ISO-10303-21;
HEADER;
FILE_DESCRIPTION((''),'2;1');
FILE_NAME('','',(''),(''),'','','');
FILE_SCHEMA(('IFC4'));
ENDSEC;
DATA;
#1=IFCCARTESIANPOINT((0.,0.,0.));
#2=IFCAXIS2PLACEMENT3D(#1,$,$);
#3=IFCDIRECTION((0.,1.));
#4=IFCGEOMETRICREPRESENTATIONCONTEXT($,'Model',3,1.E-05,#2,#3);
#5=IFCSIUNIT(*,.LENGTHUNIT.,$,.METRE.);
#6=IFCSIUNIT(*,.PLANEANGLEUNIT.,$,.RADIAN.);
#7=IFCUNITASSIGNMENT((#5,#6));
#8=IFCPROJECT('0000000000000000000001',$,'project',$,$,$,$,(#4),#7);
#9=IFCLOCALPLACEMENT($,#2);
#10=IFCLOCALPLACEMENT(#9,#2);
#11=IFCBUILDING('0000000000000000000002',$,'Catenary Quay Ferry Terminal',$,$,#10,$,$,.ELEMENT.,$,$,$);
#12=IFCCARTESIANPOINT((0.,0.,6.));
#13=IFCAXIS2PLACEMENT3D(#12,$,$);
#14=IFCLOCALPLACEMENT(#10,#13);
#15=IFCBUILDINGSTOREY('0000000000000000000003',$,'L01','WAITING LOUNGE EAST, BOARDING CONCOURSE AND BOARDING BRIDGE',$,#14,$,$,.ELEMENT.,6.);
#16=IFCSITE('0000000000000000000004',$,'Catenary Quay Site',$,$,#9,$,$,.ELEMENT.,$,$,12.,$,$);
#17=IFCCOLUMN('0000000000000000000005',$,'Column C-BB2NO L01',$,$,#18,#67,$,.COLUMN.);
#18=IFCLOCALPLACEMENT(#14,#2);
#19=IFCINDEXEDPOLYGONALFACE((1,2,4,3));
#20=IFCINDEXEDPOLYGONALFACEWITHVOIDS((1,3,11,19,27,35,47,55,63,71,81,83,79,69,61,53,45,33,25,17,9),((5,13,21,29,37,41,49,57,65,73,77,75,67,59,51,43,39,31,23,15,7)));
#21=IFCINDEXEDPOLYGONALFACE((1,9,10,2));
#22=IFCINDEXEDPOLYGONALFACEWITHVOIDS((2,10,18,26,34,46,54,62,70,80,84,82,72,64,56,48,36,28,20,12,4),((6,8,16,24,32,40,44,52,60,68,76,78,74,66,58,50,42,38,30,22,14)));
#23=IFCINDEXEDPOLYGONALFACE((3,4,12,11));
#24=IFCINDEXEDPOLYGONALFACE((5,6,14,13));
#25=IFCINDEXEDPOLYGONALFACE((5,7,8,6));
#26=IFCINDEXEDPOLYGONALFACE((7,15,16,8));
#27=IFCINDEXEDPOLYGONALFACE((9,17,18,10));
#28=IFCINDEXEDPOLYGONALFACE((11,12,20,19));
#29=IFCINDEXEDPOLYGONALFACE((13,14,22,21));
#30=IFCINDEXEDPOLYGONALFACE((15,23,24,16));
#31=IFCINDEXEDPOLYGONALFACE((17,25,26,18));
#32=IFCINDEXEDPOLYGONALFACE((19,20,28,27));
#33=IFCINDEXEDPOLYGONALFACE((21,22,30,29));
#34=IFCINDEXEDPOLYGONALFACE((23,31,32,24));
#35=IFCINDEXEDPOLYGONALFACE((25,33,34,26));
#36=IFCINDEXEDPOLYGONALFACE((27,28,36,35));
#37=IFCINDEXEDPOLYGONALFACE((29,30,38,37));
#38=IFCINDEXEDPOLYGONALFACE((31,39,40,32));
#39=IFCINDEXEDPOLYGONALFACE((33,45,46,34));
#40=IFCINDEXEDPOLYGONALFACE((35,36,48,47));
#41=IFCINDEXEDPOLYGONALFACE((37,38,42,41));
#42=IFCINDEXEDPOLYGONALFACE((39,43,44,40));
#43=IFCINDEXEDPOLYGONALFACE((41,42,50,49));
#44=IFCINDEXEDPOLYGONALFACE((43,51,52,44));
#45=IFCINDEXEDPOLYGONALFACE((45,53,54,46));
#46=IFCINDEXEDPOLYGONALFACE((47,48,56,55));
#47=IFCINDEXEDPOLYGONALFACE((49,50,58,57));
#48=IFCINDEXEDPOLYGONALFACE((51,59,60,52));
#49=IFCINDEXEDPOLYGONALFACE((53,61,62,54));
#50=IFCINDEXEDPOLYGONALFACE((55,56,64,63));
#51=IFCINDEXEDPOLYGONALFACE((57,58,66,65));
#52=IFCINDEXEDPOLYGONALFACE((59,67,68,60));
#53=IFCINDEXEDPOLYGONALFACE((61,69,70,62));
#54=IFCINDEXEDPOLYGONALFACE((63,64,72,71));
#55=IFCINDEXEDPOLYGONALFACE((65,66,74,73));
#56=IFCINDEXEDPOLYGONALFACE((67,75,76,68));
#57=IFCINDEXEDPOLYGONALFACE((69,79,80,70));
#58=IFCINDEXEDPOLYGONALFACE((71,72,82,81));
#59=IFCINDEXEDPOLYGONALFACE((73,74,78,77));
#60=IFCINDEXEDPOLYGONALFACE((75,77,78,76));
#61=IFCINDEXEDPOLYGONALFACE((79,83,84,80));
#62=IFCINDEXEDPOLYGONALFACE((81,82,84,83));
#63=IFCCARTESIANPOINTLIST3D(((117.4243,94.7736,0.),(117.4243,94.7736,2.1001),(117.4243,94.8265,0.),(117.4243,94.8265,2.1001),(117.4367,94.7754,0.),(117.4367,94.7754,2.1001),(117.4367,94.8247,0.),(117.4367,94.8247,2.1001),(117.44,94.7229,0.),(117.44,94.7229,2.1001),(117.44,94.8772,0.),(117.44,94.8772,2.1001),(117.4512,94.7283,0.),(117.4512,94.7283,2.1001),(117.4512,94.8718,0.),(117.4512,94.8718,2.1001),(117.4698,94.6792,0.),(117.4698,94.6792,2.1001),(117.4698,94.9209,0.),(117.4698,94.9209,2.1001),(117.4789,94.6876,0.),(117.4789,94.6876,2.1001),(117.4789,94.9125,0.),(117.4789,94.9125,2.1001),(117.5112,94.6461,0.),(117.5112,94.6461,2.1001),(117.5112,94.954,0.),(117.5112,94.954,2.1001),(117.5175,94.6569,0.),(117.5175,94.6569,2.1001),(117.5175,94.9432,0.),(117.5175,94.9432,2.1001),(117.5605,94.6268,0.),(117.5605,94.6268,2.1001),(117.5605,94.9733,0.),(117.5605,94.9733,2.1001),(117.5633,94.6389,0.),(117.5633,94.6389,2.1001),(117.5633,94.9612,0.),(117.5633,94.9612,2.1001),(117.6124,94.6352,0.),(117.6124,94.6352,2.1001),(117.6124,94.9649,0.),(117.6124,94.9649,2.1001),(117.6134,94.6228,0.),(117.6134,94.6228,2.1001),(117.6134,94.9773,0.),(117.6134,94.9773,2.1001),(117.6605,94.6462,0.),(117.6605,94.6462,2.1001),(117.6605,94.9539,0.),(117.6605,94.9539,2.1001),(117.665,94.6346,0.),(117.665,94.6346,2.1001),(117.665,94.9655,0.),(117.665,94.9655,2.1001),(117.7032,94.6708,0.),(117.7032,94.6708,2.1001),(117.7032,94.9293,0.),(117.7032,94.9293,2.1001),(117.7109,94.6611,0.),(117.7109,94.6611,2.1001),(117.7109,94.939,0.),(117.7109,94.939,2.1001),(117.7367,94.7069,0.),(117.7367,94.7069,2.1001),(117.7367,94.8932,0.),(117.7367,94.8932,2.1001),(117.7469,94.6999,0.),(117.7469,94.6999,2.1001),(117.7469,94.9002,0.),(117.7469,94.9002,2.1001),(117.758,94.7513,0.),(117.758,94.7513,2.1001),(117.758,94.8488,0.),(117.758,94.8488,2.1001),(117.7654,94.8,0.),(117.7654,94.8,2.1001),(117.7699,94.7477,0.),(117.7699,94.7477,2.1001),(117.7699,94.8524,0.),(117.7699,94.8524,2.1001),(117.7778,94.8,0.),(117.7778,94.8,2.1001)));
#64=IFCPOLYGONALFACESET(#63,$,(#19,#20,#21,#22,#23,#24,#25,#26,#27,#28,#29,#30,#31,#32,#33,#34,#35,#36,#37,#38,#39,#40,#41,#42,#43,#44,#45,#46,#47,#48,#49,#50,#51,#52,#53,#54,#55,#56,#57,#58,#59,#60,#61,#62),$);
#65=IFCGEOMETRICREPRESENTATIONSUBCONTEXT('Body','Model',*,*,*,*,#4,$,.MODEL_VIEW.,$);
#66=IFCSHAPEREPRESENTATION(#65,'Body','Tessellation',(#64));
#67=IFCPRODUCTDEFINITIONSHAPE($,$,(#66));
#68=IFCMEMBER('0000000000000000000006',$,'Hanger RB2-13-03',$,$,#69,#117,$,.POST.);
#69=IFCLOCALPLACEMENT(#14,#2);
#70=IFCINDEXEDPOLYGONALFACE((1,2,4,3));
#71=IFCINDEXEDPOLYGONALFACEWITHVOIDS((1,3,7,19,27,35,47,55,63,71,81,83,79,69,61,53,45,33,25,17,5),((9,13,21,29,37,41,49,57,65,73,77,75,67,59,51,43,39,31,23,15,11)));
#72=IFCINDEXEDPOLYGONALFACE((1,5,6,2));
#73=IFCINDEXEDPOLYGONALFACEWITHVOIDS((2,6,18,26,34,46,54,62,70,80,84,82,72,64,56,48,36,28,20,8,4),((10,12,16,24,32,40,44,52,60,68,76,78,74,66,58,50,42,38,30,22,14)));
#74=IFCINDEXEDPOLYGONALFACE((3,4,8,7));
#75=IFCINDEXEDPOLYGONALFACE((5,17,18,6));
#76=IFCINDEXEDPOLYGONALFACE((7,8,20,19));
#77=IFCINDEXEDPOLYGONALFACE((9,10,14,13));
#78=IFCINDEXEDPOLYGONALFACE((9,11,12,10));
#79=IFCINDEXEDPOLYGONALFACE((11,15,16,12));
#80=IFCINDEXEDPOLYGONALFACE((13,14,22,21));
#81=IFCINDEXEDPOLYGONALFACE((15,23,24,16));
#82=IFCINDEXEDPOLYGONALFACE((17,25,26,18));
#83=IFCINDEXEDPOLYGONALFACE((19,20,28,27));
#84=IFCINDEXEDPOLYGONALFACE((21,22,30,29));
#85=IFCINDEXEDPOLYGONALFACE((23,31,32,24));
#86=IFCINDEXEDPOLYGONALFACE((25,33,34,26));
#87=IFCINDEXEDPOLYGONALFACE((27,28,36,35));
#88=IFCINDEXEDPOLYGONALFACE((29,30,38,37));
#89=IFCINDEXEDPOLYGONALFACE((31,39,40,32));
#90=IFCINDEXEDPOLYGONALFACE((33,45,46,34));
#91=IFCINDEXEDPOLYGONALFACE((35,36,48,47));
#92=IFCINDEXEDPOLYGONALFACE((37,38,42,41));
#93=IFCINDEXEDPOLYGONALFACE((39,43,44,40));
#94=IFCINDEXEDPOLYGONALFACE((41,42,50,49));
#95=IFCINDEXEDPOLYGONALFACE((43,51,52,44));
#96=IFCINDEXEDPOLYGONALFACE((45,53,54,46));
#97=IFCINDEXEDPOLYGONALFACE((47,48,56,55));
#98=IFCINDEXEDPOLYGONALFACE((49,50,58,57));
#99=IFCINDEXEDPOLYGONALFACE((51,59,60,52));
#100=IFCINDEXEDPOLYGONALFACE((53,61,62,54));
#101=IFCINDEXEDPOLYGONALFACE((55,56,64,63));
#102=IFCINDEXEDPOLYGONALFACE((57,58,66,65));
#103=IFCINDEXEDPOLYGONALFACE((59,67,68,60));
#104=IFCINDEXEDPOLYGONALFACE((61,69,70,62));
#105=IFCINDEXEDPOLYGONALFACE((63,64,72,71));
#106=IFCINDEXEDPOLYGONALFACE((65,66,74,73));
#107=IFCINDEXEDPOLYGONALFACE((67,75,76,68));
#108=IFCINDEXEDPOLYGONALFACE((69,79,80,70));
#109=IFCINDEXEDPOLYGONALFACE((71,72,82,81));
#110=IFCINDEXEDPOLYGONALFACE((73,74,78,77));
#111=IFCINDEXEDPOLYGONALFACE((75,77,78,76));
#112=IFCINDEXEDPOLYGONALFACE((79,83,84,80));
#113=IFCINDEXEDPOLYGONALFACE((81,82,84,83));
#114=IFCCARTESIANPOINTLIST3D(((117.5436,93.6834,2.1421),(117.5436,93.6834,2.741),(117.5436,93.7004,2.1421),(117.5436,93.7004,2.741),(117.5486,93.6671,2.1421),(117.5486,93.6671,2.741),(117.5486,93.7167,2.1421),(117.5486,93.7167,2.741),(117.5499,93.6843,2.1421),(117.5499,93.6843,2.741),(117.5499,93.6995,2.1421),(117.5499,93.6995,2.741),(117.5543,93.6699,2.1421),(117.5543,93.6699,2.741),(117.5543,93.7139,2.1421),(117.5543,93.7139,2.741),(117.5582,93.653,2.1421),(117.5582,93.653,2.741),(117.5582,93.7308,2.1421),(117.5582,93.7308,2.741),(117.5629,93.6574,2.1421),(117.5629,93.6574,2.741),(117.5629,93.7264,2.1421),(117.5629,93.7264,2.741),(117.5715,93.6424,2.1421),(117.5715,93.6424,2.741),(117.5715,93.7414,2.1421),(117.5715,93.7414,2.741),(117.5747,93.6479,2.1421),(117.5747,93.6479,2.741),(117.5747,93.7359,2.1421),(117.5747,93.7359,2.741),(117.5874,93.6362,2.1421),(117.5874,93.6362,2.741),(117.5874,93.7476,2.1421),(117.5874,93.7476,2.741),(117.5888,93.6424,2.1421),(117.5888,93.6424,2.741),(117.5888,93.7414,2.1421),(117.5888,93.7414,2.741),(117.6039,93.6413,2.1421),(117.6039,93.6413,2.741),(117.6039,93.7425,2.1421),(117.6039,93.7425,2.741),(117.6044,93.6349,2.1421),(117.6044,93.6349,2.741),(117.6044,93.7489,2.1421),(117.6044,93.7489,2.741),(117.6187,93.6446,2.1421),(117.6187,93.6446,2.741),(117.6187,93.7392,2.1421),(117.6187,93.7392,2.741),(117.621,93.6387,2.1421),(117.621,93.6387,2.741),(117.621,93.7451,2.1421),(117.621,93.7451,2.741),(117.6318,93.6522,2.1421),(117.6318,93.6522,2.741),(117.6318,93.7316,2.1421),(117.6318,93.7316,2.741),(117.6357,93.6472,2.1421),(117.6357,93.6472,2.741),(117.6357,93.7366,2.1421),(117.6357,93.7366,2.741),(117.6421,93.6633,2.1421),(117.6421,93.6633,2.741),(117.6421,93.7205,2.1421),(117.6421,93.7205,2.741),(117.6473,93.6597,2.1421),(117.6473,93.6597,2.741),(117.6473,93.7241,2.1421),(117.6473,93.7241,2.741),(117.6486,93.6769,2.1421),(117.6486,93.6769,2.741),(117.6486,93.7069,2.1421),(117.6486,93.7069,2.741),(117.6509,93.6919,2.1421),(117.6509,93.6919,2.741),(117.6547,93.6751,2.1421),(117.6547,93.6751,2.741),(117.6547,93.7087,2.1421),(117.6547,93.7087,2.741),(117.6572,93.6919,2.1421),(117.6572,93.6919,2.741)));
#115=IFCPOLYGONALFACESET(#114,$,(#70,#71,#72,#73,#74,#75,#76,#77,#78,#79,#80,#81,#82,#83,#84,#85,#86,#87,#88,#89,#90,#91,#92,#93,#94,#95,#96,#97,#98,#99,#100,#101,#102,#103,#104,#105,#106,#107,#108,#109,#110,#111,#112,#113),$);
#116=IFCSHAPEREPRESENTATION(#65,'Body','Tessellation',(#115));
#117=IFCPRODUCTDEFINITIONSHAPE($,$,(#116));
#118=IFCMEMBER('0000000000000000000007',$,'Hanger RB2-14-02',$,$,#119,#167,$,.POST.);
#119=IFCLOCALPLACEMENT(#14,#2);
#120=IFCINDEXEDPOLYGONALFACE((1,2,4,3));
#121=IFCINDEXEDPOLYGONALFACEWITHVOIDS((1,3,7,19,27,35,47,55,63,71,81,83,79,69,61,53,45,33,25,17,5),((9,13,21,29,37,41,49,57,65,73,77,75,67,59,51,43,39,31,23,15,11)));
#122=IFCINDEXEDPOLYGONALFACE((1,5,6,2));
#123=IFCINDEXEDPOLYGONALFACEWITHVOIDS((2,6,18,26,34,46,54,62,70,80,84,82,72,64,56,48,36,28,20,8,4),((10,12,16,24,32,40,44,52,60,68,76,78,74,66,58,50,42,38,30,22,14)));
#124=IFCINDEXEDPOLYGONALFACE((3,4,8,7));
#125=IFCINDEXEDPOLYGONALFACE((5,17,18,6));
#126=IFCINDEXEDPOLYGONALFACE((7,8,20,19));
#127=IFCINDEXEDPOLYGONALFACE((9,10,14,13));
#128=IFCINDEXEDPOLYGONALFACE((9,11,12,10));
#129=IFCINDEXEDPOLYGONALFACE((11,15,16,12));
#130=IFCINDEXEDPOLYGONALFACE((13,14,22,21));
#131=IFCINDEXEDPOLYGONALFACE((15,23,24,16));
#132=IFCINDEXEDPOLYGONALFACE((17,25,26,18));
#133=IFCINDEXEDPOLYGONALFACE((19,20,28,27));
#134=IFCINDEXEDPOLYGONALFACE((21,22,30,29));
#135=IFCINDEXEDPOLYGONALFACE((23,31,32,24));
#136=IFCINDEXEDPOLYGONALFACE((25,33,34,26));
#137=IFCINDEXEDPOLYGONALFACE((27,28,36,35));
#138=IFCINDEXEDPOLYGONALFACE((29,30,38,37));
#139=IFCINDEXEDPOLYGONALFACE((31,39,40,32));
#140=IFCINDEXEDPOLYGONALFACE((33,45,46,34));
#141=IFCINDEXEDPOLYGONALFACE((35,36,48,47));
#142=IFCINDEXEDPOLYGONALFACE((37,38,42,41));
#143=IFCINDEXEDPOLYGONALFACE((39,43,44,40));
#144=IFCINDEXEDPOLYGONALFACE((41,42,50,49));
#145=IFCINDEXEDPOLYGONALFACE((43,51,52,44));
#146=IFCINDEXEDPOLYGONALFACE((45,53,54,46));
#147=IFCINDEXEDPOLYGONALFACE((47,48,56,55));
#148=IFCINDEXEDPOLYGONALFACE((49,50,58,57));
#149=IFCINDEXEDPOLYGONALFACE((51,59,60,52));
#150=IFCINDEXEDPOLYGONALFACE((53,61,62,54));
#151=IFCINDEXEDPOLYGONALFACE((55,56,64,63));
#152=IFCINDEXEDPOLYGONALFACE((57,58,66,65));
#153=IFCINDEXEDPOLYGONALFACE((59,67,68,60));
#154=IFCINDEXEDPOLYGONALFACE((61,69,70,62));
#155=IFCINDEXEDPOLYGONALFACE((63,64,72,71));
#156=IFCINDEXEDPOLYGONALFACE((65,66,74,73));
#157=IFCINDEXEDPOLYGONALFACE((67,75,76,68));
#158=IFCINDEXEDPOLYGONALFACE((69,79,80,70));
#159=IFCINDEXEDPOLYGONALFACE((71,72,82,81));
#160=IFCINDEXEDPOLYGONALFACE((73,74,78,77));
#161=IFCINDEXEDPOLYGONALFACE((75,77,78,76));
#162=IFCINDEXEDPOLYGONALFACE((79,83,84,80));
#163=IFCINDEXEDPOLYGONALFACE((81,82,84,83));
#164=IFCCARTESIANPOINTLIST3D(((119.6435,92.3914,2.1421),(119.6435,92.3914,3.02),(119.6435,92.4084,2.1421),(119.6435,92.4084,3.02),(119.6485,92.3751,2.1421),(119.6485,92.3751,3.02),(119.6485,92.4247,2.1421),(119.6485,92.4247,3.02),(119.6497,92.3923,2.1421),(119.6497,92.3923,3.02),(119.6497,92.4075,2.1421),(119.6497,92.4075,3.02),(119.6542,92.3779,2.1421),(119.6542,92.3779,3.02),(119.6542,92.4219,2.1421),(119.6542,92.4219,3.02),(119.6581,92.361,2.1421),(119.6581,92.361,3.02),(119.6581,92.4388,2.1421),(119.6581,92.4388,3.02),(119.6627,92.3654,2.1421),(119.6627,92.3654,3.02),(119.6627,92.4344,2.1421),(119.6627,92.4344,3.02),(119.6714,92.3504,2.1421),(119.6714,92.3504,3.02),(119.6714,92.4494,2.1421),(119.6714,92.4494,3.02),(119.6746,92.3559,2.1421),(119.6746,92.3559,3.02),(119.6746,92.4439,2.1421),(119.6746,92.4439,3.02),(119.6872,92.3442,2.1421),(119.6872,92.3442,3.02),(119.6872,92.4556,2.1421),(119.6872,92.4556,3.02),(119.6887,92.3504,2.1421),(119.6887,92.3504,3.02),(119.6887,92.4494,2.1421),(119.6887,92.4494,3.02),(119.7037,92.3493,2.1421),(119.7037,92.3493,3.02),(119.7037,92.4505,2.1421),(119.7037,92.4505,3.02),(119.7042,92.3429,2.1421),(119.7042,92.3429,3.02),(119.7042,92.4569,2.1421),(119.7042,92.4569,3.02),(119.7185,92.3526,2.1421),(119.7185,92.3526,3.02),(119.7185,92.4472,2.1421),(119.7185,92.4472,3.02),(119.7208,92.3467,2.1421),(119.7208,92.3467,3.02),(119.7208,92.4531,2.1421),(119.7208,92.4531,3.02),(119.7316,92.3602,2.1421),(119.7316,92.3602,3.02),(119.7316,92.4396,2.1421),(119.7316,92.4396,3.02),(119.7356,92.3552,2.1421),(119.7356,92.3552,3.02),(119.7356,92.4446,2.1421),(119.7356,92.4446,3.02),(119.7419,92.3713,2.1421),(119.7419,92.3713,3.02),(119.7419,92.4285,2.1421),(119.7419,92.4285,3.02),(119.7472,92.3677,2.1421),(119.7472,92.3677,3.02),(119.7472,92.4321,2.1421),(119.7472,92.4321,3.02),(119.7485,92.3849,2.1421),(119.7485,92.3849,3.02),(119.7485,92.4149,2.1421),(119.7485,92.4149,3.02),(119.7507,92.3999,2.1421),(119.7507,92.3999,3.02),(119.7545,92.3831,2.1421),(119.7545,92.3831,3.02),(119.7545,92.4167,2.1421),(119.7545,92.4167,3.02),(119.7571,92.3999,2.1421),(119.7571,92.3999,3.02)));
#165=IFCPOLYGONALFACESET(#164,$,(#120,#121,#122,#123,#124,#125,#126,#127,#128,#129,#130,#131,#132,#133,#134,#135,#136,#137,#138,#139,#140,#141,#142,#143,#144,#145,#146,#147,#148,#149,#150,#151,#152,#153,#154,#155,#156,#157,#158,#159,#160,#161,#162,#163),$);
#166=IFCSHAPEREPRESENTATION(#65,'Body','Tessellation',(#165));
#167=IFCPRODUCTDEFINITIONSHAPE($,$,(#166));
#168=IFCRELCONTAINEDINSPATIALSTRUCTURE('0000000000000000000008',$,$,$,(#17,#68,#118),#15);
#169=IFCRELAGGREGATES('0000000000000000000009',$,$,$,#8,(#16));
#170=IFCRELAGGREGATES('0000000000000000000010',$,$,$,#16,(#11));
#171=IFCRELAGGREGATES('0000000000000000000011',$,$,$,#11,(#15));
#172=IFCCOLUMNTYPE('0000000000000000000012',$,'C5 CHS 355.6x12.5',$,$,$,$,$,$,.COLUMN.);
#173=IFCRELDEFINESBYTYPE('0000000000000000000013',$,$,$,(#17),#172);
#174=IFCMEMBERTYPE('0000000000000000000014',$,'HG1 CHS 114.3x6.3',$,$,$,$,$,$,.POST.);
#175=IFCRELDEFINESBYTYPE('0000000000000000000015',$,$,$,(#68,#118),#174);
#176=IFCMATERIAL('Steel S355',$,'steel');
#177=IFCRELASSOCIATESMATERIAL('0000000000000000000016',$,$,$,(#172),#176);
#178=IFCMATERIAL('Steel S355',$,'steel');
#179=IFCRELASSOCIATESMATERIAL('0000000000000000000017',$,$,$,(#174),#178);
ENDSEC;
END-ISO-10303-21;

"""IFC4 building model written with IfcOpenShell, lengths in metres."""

from ifc_helpers import new_model, si_unit, direction, frame, origin, origin_2d, place, context, subcontext, project, spatial, hollow_circle, extrude, material, material_profile, profile_set, type_object, element, save


model = new_model("IFC4")

# Units and contexts
model_context = context("Model", 3, precision=1e-05, world=origin(), true_north=direction((0.0, 1.0)))
body_context = subcontext(model_context, "Body", "Model", "MODEL_VIEW")
ifc_project = project(units=[si_unit("LENGTHUNIT", "METRE"), si_unit("PLANEANGLEUNIT", "RADIAN")], contexts=[model_context])

# Site, building, storey
site_placement = place(None, origin())
site = spatial("IfcSite", under=ifc_project, at=site_placement, Name="Catenary Quay Site", CompositionType="ELEMENT", RefElevation=12.0)
building_placement = place(site_placement, origin())
building = spatial("IfcBuilding", under=site, at=building_placement, Name="Catenary Quay Ferry Terminal", CompositionType="ELEMENT")
storey_placement = place(building_placement, frame((0.0, 0.0, 6.0)))
storey = spatial("IfcBuildingStorey", under=building, at=storey_placement, Name="L01", Description="WAITING LOUNGE EAST, BOARDING CONCOURSE AND BOARDING BRIDGE", CompositionType="ELEMENT", Elevation=6.0)

# Column
ifc_material_1 = material(Name="Steel S355", Category="steel")
ifc_material_profile_1 = material_profile(ifc_material_1, hollow_circle(Radius=0.1777, WallThickness=0.0125, at=origin_2d()), Name="CHS 355.6x12.5")
ifc_profile_set_1 = profile_set([ifc_material_profile_1], Name="Steel S355")
column_type = type_object("IfcColumnType", Name="C5 CHS 355.6x12.5", PredefinedType="COLUMN", material=ifc_profile_set_1)
column_placement = place(storey_placement, frame((117.6001, 94.8, 0.0), z_axis=(0.0, 0.0, 1.0), x_axis=(1.0, 0.0, 0.0)))
element("IfcColumn", 1, at=column_placement, inside=storey, type_object=column_type, Name="Column C-BB2NO L01", PredefinedType="COLUMN", context=body_context, shape_type="SweptSolid", body=[
    extrude(hollow_circle(Radius=0.1777, WallThickness=0.0125, at=origin_2d()), origin(), (0.0, 0.0, 1.0), 2.1001),
])

# Members
ifc_material_2 = material(Name="Steel S355", Category="steel")
ifc_material_profile_2 = material_profile(ifc_material_2, hollow_circle(Radius=0.0571, WallThickness=0.0063, at=origin_2d()), Name="CHS 114.3x6.3")
ifc_profile_set_2 = profile_set([ifc_material_profile_2], Name="Steel S355")
member_type_1 = type_object("IfcMemberType", Name="HG1 CHS 114.3x6.3", PredefinedType="POST", material=ifc_profile_set_2)
member_1_placement = place(storey_placement, frame((117.6001, 93.6919, 2.1421), z_axis=(0.0, 0.0, 1.0), x_axis=(1.0, 0.0, 0.0)))
element("IfcMember", 2, at=member_1_placement, inside=storey, type_object=member_type_1, Name="Hanger RB2-13-03", PredefinedType="POST", context=body_context, shape_type="SweptSolid", body=[
    extrude(hollow_circle(Radius=0.0571, WallThickness=0.0063, at=origin_2d()), origin(), (0.0, 0.0, 1.0), 0.5989),
])
member_2_placement = place(storey_placement, frame((119.7, 92.3999, 2.1421), z_axis=(0.0, 0.0, 1.0), x_axis=(1.0, 0.0, 0.0)))
element("IfcMember", 3, at=member_2_placement, inside=storey, type_object=member_type_1, Name="Hanger RB2-14-02", PredefinedType="POST", context=body_context, shape_type="SweptSolid", body=[
    extrude(hollow_circle(Radius=0.0571, WallThickness=0.0063, at=origin_2d()), origin(), (0.0, 0.0, 1.0), 0.8779),
])

save(model, "model.ifc")
